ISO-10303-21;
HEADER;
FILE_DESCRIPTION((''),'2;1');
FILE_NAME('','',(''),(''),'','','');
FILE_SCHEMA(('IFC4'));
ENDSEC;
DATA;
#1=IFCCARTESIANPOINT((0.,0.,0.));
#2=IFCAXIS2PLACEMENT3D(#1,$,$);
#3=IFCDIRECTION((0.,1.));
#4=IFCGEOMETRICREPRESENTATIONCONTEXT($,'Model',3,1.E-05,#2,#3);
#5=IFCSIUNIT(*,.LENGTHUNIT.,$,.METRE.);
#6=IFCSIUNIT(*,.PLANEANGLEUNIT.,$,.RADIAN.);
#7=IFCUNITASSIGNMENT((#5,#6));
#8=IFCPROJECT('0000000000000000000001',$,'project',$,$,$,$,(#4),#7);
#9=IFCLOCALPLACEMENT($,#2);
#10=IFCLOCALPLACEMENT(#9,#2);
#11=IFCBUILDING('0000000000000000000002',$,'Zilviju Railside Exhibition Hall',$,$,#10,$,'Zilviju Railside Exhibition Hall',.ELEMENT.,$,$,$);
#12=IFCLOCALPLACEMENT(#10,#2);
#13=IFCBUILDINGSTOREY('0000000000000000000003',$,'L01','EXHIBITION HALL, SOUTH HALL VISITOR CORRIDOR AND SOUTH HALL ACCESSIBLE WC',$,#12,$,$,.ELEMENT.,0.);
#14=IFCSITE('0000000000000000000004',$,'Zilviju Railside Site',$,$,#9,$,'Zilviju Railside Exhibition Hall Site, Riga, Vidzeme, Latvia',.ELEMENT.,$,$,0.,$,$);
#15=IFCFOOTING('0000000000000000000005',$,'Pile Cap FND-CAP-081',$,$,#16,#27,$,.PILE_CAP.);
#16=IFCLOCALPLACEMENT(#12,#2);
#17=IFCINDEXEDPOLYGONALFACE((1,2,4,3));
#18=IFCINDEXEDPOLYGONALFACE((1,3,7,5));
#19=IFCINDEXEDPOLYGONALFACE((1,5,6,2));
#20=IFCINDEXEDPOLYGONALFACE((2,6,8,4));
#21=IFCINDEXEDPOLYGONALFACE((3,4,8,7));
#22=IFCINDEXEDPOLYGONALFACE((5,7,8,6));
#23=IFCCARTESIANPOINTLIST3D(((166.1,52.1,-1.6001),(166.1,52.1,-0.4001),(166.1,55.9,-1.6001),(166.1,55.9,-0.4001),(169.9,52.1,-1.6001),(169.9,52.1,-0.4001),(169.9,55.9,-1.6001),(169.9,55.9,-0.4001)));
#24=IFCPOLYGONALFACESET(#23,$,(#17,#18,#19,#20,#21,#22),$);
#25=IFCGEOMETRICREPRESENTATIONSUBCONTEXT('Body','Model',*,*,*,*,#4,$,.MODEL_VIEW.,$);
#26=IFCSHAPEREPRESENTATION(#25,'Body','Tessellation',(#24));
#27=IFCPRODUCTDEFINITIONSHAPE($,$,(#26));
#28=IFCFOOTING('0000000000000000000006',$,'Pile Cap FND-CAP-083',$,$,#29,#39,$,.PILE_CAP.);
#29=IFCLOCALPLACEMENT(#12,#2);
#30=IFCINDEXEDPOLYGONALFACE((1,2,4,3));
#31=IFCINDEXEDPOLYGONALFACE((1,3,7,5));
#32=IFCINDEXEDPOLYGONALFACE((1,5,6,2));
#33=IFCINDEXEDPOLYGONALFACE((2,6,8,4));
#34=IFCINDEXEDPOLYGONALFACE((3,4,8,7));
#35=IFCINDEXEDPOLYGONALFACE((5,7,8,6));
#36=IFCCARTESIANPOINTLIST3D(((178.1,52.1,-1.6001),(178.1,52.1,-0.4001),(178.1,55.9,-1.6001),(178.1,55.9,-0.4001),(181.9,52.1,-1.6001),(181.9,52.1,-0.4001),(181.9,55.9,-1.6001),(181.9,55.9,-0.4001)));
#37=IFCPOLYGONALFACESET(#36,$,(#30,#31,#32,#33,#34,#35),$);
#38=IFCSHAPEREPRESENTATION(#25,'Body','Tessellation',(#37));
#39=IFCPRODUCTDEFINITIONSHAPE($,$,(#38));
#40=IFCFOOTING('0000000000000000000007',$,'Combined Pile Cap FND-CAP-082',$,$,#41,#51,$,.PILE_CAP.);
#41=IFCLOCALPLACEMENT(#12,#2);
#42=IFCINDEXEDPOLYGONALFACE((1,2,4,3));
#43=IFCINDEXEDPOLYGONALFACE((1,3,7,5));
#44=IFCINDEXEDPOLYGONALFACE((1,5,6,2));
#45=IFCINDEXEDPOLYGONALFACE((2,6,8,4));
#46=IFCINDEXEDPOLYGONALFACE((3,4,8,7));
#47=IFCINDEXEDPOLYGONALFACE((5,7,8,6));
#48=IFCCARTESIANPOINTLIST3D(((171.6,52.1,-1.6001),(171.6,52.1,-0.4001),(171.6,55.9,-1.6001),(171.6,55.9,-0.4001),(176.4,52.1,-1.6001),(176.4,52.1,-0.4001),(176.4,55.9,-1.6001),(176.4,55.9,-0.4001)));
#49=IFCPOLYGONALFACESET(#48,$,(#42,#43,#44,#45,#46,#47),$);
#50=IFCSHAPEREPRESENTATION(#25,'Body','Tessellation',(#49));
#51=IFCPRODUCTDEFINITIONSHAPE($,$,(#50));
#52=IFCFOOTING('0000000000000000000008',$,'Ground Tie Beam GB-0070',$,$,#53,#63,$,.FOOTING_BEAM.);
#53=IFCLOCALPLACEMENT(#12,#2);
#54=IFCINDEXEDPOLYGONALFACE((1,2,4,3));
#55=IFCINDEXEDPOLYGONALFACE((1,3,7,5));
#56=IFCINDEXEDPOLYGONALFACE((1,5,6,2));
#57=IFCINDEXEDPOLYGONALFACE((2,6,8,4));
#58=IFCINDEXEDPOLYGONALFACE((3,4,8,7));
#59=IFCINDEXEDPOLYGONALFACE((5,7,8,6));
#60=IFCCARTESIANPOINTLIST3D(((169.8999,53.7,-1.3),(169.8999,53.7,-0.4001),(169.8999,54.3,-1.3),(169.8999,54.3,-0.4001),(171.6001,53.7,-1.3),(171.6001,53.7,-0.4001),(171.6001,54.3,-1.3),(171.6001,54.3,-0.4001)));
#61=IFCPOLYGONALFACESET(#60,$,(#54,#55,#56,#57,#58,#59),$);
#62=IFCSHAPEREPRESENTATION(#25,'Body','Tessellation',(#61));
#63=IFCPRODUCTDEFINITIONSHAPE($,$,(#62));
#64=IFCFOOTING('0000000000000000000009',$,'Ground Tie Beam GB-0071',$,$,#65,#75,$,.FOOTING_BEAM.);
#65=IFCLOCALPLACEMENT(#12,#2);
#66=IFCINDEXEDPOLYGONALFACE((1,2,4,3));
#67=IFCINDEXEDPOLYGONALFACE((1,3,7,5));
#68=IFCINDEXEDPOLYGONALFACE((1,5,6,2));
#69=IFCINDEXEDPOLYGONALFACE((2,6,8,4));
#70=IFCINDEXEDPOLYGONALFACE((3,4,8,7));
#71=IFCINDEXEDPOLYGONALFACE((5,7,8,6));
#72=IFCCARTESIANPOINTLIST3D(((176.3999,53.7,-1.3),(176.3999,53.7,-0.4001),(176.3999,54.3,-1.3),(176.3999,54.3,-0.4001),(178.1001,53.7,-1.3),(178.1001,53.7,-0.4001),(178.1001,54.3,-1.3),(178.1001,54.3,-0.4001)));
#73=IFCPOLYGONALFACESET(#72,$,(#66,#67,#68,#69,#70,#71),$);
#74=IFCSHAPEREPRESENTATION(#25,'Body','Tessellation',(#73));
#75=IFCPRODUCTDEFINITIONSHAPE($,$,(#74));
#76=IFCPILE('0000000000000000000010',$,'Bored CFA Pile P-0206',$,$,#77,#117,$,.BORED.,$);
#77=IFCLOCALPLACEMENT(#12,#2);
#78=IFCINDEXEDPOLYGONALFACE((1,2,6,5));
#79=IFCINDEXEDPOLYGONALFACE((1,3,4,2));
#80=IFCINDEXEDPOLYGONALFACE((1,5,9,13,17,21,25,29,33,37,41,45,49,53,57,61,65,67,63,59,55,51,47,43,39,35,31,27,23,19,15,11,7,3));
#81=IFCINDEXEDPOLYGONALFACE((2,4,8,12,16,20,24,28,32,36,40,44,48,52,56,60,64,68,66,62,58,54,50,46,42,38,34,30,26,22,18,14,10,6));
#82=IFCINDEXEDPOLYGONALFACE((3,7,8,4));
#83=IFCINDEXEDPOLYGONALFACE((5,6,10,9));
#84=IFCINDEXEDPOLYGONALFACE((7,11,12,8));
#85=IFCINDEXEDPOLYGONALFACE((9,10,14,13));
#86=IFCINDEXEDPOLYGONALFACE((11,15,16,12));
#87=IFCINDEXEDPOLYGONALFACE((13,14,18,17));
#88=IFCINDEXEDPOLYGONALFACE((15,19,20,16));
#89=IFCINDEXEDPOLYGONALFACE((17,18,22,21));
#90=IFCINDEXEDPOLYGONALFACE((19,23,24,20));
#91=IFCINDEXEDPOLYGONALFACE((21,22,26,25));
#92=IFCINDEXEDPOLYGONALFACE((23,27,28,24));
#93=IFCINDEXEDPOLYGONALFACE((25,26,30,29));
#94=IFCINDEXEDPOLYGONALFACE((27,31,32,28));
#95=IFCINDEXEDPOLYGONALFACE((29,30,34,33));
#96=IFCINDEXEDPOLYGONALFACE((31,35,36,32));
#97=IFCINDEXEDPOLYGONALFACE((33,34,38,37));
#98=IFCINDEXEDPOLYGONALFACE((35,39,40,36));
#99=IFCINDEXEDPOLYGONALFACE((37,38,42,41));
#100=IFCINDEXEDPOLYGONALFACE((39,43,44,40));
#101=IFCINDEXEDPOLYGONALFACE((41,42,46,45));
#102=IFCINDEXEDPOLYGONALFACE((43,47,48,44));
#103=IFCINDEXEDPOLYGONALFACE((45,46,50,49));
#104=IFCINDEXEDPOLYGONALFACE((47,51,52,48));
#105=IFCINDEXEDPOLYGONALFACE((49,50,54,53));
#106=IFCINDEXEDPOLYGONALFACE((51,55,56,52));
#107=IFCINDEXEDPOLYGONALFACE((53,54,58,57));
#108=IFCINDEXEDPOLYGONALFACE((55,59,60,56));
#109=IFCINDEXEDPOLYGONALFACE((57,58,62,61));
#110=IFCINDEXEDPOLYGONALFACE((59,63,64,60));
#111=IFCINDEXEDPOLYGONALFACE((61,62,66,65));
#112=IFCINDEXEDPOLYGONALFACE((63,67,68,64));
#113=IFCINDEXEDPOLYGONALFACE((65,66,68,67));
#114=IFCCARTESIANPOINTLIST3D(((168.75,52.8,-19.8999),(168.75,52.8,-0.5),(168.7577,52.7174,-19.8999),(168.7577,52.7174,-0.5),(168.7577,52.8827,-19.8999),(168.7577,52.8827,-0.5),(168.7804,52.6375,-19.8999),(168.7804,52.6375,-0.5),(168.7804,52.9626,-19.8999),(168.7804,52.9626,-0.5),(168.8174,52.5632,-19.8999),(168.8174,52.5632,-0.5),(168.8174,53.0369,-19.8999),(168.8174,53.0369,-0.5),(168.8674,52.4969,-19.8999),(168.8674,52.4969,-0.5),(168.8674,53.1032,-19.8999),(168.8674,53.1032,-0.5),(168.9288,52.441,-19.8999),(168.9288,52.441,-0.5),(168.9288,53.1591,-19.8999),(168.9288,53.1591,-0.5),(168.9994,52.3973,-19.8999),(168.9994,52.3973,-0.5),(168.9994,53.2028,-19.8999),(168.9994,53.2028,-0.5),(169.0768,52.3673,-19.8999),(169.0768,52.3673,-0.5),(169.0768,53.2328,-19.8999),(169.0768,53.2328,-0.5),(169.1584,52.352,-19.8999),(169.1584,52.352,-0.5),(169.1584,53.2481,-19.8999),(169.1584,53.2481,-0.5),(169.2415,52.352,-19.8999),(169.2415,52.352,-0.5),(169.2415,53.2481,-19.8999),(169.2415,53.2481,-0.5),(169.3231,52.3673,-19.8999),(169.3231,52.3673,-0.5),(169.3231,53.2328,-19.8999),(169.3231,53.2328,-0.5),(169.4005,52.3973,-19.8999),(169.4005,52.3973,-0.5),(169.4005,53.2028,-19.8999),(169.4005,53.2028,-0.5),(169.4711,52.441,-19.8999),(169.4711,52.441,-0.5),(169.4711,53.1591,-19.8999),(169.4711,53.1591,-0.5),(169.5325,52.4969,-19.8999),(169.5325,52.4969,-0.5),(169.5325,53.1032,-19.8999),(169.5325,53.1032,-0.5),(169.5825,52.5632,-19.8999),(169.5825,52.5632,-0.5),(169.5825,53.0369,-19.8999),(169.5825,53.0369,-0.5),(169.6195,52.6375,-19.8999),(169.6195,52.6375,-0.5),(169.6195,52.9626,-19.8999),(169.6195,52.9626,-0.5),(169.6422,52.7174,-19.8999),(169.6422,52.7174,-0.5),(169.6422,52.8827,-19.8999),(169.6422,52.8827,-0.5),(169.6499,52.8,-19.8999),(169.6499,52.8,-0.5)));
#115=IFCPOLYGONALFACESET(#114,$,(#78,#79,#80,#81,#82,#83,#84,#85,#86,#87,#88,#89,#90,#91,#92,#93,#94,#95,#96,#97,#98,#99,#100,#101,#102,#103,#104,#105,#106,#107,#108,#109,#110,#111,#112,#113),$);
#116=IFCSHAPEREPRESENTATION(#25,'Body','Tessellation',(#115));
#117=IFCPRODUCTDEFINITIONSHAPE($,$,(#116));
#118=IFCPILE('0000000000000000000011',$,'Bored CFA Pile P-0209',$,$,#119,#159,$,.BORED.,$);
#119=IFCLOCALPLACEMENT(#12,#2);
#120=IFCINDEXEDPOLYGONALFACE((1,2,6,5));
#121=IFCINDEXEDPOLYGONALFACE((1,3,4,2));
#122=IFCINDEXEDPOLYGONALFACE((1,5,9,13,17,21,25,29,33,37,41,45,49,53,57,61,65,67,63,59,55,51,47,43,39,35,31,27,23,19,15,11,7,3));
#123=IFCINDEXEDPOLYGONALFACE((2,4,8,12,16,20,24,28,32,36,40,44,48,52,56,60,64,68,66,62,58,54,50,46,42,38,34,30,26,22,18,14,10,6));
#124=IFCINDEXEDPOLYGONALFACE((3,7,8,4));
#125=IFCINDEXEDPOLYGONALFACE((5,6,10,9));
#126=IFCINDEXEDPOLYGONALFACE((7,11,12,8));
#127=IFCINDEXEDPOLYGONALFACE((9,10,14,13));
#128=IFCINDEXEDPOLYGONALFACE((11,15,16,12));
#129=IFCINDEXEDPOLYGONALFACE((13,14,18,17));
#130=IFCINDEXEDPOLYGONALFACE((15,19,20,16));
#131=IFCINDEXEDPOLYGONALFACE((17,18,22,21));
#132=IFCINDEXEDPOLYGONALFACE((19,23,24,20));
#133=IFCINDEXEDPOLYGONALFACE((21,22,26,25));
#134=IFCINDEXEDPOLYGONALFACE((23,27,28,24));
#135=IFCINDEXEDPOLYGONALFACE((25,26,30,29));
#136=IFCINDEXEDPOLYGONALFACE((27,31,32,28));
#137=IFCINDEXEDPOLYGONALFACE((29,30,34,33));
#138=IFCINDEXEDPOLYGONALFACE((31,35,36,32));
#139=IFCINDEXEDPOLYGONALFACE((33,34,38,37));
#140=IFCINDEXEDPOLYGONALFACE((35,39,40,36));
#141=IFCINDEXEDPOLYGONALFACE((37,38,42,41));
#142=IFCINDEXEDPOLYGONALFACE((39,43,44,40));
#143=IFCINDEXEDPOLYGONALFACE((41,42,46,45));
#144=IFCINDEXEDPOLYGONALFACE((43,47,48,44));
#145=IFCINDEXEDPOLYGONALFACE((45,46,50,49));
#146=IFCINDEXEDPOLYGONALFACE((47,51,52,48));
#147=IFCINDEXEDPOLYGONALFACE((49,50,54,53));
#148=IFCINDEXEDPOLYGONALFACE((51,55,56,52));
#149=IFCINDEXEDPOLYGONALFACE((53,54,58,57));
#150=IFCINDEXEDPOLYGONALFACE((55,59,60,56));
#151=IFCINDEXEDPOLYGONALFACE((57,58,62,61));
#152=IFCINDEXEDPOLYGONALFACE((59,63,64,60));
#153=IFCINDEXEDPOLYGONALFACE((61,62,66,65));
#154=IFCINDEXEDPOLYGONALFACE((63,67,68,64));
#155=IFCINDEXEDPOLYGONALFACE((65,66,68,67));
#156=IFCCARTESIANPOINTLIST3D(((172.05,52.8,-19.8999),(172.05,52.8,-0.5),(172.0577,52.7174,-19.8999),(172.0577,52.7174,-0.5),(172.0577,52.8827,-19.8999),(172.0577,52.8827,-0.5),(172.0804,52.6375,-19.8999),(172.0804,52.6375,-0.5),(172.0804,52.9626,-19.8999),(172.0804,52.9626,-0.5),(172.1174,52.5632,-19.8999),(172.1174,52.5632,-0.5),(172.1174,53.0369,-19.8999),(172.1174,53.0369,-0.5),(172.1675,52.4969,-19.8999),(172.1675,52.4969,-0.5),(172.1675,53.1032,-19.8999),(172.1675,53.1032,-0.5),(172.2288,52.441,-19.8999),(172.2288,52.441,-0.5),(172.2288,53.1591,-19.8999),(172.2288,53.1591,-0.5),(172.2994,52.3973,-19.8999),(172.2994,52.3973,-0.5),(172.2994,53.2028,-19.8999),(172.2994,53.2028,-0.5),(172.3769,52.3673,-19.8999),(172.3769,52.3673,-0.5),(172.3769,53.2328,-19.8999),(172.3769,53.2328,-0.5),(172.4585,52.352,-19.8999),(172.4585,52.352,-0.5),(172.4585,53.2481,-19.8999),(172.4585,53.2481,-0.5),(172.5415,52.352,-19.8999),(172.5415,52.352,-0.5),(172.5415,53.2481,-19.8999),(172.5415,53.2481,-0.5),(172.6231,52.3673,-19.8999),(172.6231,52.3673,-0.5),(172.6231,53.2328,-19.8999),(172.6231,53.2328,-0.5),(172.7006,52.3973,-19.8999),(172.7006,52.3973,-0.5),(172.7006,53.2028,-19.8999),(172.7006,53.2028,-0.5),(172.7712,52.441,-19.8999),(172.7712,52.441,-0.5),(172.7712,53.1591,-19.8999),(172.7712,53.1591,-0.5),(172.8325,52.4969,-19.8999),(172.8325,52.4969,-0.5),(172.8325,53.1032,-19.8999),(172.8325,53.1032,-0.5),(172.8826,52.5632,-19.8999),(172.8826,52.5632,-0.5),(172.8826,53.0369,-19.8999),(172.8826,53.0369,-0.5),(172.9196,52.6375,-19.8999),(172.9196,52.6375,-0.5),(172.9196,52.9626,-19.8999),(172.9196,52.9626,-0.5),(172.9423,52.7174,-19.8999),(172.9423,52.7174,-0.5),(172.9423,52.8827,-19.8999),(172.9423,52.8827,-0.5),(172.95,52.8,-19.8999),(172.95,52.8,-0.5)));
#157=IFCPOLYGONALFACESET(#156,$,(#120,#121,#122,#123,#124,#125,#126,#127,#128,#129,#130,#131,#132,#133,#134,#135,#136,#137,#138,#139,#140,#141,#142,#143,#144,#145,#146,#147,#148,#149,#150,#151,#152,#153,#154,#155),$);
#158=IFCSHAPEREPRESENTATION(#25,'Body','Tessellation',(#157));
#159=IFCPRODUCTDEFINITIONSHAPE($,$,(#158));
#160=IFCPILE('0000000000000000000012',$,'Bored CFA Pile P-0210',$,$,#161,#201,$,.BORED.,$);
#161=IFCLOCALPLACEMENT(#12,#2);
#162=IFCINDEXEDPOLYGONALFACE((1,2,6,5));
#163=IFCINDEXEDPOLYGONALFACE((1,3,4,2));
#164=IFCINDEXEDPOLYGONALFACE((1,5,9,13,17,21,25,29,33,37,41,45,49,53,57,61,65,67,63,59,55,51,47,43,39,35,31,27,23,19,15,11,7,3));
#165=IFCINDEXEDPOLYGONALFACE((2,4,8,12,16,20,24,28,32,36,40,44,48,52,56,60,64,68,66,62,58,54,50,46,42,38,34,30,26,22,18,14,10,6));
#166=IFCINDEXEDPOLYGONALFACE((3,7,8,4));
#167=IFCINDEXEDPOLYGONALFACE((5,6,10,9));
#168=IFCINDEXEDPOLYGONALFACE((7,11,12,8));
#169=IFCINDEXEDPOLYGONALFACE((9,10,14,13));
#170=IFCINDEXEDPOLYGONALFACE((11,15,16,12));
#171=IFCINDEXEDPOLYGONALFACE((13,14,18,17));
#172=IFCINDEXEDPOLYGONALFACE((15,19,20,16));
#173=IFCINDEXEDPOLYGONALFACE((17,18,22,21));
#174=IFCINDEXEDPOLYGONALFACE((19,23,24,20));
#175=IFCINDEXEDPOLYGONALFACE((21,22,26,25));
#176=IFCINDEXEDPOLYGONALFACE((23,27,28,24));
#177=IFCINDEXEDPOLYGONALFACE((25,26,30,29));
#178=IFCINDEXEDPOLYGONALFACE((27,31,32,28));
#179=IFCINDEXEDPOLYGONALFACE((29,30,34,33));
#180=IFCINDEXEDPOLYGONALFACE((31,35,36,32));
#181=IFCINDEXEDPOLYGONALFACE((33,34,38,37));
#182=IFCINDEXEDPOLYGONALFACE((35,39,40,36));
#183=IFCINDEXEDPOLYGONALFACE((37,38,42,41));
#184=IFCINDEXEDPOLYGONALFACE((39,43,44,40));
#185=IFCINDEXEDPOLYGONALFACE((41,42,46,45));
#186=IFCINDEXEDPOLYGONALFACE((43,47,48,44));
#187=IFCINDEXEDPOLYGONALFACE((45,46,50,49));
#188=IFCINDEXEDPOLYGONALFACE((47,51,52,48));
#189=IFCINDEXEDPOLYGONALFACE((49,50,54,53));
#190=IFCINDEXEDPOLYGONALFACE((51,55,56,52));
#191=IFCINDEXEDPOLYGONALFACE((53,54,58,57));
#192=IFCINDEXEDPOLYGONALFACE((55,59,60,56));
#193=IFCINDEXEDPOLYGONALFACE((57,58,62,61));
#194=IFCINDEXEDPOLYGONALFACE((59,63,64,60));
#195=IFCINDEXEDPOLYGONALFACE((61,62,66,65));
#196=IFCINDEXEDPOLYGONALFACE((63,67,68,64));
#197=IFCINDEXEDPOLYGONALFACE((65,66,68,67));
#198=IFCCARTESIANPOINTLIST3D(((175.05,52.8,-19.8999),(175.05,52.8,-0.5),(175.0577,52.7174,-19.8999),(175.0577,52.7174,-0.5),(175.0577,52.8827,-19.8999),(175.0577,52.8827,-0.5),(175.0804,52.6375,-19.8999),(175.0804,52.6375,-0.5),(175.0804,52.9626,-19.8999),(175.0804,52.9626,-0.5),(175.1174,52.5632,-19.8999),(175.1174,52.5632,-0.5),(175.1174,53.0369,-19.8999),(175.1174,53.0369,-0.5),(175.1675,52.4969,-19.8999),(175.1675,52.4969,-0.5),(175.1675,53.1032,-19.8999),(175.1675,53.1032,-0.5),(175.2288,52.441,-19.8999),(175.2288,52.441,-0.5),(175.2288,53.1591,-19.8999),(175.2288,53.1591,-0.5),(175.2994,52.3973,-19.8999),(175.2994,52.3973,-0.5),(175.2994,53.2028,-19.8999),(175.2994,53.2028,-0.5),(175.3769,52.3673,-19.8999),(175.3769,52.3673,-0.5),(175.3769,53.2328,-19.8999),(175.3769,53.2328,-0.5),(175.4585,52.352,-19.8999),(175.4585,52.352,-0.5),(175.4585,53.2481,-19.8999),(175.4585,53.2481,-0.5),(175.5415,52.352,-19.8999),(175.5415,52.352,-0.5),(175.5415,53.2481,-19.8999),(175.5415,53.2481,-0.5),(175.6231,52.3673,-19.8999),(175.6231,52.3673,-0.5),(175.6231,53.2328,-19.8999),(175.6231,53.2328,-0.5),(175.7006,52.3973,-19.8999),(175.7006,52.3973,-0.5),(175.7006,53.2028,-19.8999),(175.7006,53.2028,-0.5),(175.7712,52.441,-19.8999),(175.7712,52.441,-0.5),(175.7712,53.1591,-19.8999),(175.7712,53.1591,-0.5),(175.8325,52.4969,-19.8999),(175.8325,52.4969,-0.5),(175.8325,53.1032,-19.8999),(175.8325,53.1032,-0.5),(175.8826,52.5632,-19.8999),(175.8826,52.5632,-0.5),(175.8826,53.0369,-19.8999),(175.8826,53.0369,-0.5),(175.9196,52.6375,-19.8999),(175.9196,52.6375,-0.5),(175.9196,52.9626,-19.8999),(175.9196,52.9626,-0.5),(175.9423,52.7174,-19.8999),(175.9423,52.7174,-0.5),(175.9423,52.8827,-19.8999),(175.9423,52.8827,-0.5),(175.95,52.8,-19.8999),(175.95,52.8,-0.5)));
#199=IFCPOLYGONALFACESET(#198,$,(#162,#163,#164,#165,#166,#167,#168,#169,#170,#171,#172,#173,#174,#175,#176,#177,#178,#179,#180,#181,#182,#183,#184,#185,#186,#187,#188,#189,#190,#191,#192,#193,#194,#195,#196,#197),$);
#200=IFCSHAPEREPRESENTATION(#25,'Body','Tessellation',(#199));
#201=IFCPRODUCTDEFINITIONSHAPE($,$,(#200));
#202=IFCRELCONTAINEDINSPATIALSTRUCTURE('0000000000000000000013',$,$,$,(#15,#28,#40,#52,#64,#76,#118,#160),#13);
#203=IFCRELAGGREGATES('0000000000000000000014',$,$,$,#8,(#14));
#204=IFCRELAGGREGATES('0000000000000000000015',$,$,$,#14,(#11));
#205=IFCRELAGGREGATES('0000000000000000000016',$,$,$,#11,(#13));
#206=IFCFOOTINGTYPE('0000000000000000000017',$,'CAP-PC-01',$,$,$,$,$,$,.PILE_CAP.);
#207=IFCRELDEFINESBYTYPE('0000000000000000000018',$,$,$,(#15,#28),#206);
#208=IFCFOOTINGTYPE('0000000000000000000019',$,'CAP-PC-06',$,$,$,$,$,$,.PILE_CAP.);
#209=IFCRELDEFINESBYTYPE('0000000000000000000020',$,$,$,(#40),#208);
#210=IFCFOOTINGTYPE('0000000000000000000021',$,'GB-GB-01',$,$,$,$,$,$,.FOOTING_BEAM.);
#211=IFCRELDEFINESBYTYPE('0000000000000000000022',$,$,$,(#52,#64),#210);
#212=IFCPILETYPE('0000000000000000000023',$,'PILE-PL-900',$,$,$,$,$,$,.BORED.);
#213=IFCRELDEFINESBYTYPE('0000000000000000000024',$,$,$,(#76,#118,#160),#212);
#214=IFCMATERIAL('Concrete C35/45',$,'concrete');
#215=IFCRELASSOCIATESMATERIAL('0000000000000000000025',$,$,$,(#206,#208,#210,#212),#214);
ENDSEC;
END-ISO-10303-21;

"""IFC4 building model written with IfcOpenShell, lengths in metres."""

from ifc_helpers import new_model, si_unit, direction, frame, origin, origin_2d, place, context, subcontext, project, spatial, rectangle, circle, extrude, material, material_profile, profile_set, type_object, element, save


model = new_model("IFC4")

# Units and contexts
model_context = context("Model", 3, precision=1e-05, world=origin(), true_north=direction((0.0, 1.0)))
body_context = subcontext(model_context, "Body", "Model", "MODEL_VIEW")
ifc_project = project(units=[si_unit("LENGTHUNIT", "METRE"), si_unit("PLANEANGLEUNIT", "RADIAN")], contexts=[model_context])

# Site, building, storey
site_placement = place(None, origin())
site = spatial("IfcSite", under=ifc_project, at=site_placement, Name="Zilviju Railside Site", LongName="Zilviju Railside Exhibition Hall Site, Riga, Vidzeme, Latvia", CompositionType="ELEMENT", RefElevation=0.0)
building_placement = place(site_placement, origin())
building = spatial("IfcBuilding", under=site, at=building_placement, Name="Zilviju Railside Exhibition Hall", LongName="Zilviju Railside Exhibition Hall", CompositionType="ELEMENT")
storey_placement = place(building_placement, origin())
storey = spatial("IfcBuildingStorey", under=building, at=storey_placement, Name="L01", Description="EXHIBITION HALL, SOUTH HALL VISITOR CORRIDOR AND SOUTH HALL ACCESSIBLE WC", CompositionType="ELEMENT", Elevation=0.0)

# Footings
ifc_material_1 = material(Name="Concrete C35/45", Category="concrete")
footing_type_1 = type_object("IfcFootingType", Name="CAP-PC-01", PredefinedType="PILE_CAP", material=ifc_material_1)
for number, where, z_axis, x_axis, name in (
    (1, (168.0, 54.0, -1.6001), (0.0, 0.0, 1.0), (1.0, 0.0, 0.0), "Pile Cap FND-CAP-081"),
    (2, (180.0, 54.0, -1.6001), (0.0, 0.0, 1.0), (1.0, 0.0, 0.0), "Pile Cap FND-CAP-083"),
):
    element("IfcFooting", number, at=place(storey_placement, frame(where, z_axis=z_axis, x_axis=x_axis)), inside=storey, type_object=footing_type_1, Name=name, PredefinedType="PILE_CAP", context=body_context, shape_type="SweptSolid", body=[
        extrude(rectangle(XDim=3.8, YDim=3.8, at=origin_2d()), origin(), (0.0, 0.0, 1.0), 1.2),
    ])
footing_type_2 = type_object("IfcFootingType", Name="CAP-PC-06", PredefinedType="PILE_CAP", material=ifc_material_1)
footing_placement = place(storey_placement, frame((174.0, 54.0, -1.6001), z_axis=(0.0, 0.0, 1.0), x_axis=(1.0, 0.0, 0.0)))
element("IfcFooting", 3, at=footing_placement, inside=storey, type_object=footing_type_2, Name="Combined Pile Cap FND-CAP-082", PredefinedType="PILE_CAP", context=body_context, shape_type="SweptSolid", body=[
    extrude(rectangle(XDim=4.8, YDim=3.8, at=origin_2d()), origin(), (0.0, 0.0, 1.0), 1.2),
])
ifc_material_profile_1 = material_profile(ifc_material_1, rectangle(XDim=0.6001, YDim=0.8999, at=origin_2d()), Name="TIE BEAM 600x900")
ifc_profile_set_1 = profile_set([ifc_material_profile_1], Name="Concrete C35/45")
footing_type_3 = type_object("IfcFootingType", Name="GB-GB-01", PredefinedType="FOOTING_BEAM", material=ifc_profile_set_1)
for number, where, z_axis, x_axis, name in (
    (4, (169.8999, 54.0, -0.8501), (1.0, 0.0, 0.0), (0.0, 1.0, 0.0), "Ground Tie Beam GB-0070"),
    (5, (176.3999, 54.0, -0.8501), (1.0, 0.0, 0.0), (0.0, 1.0, 0.0), "Ground Tie Beam GB-0071"),
):
    element("IfcFooting", number, at=place(storey_placement, frame(where, z_axis=z_axis, x_axis=x_axis)), inside=storey, type_object=footing_type_3, Name=name, PredefinedType="FOOTING_BEAM", context=body_context, shape_type="SweptSolid", body=[
        extrude(rectangle(XDim=0.6001, YDim=0.8999, at=origin_2d()), origin(), (0.0, 0.0, 1.0), 1.7002),
    ])

# Piles
ifc_material_profile_2 = material_profile(ifc_material_1, circle(Radius=0.45, at=origin_2d()), Name="CFA PILE D900")
ifc_profile_set_2 = profile_set([ifc_material_profile_2], Name="Concrete C35/45")
pile_type = type_object("IfcPileType", Name="PILE-PL-900", PredefinedType="BORED", material=ifc_profile_set_2)
for number, where, z_axis, x_axis, name in (
    (6, (169.2, 52.8, -0.5), (0.0, 0.0, -1.0), (1.0, 0.0, 0.0), "Bored CFA Pile P-0206"),
    (7, (172.5, 52.8, -0.5), (0.0, 0.0, -1.0), (1.0, 0.0, 0.0), "Bored CFA Pile P-0209"),
    (8, (175.5, 52.8, -0.5), (0.0, 0.0, -1.0), (1.0, 0.0, 0.0), "Bored CFA Pile P-0210"),
):
    element("IfcPile", number, at=place(storey_placement, frame(where, z_axis=z_axis, x_axis=x_axis)), inside=storey, type_object=pile_type, Name=name, PredefinedType="BORED", context=body_context, shape_type="SweptSolid", body=[
        extrude(circle(Radius=0.45, at=origin_2d()), origin(), (0.0, 0.0, 1.0), 19.3999),
    ])

save(model, "model.ifc")
